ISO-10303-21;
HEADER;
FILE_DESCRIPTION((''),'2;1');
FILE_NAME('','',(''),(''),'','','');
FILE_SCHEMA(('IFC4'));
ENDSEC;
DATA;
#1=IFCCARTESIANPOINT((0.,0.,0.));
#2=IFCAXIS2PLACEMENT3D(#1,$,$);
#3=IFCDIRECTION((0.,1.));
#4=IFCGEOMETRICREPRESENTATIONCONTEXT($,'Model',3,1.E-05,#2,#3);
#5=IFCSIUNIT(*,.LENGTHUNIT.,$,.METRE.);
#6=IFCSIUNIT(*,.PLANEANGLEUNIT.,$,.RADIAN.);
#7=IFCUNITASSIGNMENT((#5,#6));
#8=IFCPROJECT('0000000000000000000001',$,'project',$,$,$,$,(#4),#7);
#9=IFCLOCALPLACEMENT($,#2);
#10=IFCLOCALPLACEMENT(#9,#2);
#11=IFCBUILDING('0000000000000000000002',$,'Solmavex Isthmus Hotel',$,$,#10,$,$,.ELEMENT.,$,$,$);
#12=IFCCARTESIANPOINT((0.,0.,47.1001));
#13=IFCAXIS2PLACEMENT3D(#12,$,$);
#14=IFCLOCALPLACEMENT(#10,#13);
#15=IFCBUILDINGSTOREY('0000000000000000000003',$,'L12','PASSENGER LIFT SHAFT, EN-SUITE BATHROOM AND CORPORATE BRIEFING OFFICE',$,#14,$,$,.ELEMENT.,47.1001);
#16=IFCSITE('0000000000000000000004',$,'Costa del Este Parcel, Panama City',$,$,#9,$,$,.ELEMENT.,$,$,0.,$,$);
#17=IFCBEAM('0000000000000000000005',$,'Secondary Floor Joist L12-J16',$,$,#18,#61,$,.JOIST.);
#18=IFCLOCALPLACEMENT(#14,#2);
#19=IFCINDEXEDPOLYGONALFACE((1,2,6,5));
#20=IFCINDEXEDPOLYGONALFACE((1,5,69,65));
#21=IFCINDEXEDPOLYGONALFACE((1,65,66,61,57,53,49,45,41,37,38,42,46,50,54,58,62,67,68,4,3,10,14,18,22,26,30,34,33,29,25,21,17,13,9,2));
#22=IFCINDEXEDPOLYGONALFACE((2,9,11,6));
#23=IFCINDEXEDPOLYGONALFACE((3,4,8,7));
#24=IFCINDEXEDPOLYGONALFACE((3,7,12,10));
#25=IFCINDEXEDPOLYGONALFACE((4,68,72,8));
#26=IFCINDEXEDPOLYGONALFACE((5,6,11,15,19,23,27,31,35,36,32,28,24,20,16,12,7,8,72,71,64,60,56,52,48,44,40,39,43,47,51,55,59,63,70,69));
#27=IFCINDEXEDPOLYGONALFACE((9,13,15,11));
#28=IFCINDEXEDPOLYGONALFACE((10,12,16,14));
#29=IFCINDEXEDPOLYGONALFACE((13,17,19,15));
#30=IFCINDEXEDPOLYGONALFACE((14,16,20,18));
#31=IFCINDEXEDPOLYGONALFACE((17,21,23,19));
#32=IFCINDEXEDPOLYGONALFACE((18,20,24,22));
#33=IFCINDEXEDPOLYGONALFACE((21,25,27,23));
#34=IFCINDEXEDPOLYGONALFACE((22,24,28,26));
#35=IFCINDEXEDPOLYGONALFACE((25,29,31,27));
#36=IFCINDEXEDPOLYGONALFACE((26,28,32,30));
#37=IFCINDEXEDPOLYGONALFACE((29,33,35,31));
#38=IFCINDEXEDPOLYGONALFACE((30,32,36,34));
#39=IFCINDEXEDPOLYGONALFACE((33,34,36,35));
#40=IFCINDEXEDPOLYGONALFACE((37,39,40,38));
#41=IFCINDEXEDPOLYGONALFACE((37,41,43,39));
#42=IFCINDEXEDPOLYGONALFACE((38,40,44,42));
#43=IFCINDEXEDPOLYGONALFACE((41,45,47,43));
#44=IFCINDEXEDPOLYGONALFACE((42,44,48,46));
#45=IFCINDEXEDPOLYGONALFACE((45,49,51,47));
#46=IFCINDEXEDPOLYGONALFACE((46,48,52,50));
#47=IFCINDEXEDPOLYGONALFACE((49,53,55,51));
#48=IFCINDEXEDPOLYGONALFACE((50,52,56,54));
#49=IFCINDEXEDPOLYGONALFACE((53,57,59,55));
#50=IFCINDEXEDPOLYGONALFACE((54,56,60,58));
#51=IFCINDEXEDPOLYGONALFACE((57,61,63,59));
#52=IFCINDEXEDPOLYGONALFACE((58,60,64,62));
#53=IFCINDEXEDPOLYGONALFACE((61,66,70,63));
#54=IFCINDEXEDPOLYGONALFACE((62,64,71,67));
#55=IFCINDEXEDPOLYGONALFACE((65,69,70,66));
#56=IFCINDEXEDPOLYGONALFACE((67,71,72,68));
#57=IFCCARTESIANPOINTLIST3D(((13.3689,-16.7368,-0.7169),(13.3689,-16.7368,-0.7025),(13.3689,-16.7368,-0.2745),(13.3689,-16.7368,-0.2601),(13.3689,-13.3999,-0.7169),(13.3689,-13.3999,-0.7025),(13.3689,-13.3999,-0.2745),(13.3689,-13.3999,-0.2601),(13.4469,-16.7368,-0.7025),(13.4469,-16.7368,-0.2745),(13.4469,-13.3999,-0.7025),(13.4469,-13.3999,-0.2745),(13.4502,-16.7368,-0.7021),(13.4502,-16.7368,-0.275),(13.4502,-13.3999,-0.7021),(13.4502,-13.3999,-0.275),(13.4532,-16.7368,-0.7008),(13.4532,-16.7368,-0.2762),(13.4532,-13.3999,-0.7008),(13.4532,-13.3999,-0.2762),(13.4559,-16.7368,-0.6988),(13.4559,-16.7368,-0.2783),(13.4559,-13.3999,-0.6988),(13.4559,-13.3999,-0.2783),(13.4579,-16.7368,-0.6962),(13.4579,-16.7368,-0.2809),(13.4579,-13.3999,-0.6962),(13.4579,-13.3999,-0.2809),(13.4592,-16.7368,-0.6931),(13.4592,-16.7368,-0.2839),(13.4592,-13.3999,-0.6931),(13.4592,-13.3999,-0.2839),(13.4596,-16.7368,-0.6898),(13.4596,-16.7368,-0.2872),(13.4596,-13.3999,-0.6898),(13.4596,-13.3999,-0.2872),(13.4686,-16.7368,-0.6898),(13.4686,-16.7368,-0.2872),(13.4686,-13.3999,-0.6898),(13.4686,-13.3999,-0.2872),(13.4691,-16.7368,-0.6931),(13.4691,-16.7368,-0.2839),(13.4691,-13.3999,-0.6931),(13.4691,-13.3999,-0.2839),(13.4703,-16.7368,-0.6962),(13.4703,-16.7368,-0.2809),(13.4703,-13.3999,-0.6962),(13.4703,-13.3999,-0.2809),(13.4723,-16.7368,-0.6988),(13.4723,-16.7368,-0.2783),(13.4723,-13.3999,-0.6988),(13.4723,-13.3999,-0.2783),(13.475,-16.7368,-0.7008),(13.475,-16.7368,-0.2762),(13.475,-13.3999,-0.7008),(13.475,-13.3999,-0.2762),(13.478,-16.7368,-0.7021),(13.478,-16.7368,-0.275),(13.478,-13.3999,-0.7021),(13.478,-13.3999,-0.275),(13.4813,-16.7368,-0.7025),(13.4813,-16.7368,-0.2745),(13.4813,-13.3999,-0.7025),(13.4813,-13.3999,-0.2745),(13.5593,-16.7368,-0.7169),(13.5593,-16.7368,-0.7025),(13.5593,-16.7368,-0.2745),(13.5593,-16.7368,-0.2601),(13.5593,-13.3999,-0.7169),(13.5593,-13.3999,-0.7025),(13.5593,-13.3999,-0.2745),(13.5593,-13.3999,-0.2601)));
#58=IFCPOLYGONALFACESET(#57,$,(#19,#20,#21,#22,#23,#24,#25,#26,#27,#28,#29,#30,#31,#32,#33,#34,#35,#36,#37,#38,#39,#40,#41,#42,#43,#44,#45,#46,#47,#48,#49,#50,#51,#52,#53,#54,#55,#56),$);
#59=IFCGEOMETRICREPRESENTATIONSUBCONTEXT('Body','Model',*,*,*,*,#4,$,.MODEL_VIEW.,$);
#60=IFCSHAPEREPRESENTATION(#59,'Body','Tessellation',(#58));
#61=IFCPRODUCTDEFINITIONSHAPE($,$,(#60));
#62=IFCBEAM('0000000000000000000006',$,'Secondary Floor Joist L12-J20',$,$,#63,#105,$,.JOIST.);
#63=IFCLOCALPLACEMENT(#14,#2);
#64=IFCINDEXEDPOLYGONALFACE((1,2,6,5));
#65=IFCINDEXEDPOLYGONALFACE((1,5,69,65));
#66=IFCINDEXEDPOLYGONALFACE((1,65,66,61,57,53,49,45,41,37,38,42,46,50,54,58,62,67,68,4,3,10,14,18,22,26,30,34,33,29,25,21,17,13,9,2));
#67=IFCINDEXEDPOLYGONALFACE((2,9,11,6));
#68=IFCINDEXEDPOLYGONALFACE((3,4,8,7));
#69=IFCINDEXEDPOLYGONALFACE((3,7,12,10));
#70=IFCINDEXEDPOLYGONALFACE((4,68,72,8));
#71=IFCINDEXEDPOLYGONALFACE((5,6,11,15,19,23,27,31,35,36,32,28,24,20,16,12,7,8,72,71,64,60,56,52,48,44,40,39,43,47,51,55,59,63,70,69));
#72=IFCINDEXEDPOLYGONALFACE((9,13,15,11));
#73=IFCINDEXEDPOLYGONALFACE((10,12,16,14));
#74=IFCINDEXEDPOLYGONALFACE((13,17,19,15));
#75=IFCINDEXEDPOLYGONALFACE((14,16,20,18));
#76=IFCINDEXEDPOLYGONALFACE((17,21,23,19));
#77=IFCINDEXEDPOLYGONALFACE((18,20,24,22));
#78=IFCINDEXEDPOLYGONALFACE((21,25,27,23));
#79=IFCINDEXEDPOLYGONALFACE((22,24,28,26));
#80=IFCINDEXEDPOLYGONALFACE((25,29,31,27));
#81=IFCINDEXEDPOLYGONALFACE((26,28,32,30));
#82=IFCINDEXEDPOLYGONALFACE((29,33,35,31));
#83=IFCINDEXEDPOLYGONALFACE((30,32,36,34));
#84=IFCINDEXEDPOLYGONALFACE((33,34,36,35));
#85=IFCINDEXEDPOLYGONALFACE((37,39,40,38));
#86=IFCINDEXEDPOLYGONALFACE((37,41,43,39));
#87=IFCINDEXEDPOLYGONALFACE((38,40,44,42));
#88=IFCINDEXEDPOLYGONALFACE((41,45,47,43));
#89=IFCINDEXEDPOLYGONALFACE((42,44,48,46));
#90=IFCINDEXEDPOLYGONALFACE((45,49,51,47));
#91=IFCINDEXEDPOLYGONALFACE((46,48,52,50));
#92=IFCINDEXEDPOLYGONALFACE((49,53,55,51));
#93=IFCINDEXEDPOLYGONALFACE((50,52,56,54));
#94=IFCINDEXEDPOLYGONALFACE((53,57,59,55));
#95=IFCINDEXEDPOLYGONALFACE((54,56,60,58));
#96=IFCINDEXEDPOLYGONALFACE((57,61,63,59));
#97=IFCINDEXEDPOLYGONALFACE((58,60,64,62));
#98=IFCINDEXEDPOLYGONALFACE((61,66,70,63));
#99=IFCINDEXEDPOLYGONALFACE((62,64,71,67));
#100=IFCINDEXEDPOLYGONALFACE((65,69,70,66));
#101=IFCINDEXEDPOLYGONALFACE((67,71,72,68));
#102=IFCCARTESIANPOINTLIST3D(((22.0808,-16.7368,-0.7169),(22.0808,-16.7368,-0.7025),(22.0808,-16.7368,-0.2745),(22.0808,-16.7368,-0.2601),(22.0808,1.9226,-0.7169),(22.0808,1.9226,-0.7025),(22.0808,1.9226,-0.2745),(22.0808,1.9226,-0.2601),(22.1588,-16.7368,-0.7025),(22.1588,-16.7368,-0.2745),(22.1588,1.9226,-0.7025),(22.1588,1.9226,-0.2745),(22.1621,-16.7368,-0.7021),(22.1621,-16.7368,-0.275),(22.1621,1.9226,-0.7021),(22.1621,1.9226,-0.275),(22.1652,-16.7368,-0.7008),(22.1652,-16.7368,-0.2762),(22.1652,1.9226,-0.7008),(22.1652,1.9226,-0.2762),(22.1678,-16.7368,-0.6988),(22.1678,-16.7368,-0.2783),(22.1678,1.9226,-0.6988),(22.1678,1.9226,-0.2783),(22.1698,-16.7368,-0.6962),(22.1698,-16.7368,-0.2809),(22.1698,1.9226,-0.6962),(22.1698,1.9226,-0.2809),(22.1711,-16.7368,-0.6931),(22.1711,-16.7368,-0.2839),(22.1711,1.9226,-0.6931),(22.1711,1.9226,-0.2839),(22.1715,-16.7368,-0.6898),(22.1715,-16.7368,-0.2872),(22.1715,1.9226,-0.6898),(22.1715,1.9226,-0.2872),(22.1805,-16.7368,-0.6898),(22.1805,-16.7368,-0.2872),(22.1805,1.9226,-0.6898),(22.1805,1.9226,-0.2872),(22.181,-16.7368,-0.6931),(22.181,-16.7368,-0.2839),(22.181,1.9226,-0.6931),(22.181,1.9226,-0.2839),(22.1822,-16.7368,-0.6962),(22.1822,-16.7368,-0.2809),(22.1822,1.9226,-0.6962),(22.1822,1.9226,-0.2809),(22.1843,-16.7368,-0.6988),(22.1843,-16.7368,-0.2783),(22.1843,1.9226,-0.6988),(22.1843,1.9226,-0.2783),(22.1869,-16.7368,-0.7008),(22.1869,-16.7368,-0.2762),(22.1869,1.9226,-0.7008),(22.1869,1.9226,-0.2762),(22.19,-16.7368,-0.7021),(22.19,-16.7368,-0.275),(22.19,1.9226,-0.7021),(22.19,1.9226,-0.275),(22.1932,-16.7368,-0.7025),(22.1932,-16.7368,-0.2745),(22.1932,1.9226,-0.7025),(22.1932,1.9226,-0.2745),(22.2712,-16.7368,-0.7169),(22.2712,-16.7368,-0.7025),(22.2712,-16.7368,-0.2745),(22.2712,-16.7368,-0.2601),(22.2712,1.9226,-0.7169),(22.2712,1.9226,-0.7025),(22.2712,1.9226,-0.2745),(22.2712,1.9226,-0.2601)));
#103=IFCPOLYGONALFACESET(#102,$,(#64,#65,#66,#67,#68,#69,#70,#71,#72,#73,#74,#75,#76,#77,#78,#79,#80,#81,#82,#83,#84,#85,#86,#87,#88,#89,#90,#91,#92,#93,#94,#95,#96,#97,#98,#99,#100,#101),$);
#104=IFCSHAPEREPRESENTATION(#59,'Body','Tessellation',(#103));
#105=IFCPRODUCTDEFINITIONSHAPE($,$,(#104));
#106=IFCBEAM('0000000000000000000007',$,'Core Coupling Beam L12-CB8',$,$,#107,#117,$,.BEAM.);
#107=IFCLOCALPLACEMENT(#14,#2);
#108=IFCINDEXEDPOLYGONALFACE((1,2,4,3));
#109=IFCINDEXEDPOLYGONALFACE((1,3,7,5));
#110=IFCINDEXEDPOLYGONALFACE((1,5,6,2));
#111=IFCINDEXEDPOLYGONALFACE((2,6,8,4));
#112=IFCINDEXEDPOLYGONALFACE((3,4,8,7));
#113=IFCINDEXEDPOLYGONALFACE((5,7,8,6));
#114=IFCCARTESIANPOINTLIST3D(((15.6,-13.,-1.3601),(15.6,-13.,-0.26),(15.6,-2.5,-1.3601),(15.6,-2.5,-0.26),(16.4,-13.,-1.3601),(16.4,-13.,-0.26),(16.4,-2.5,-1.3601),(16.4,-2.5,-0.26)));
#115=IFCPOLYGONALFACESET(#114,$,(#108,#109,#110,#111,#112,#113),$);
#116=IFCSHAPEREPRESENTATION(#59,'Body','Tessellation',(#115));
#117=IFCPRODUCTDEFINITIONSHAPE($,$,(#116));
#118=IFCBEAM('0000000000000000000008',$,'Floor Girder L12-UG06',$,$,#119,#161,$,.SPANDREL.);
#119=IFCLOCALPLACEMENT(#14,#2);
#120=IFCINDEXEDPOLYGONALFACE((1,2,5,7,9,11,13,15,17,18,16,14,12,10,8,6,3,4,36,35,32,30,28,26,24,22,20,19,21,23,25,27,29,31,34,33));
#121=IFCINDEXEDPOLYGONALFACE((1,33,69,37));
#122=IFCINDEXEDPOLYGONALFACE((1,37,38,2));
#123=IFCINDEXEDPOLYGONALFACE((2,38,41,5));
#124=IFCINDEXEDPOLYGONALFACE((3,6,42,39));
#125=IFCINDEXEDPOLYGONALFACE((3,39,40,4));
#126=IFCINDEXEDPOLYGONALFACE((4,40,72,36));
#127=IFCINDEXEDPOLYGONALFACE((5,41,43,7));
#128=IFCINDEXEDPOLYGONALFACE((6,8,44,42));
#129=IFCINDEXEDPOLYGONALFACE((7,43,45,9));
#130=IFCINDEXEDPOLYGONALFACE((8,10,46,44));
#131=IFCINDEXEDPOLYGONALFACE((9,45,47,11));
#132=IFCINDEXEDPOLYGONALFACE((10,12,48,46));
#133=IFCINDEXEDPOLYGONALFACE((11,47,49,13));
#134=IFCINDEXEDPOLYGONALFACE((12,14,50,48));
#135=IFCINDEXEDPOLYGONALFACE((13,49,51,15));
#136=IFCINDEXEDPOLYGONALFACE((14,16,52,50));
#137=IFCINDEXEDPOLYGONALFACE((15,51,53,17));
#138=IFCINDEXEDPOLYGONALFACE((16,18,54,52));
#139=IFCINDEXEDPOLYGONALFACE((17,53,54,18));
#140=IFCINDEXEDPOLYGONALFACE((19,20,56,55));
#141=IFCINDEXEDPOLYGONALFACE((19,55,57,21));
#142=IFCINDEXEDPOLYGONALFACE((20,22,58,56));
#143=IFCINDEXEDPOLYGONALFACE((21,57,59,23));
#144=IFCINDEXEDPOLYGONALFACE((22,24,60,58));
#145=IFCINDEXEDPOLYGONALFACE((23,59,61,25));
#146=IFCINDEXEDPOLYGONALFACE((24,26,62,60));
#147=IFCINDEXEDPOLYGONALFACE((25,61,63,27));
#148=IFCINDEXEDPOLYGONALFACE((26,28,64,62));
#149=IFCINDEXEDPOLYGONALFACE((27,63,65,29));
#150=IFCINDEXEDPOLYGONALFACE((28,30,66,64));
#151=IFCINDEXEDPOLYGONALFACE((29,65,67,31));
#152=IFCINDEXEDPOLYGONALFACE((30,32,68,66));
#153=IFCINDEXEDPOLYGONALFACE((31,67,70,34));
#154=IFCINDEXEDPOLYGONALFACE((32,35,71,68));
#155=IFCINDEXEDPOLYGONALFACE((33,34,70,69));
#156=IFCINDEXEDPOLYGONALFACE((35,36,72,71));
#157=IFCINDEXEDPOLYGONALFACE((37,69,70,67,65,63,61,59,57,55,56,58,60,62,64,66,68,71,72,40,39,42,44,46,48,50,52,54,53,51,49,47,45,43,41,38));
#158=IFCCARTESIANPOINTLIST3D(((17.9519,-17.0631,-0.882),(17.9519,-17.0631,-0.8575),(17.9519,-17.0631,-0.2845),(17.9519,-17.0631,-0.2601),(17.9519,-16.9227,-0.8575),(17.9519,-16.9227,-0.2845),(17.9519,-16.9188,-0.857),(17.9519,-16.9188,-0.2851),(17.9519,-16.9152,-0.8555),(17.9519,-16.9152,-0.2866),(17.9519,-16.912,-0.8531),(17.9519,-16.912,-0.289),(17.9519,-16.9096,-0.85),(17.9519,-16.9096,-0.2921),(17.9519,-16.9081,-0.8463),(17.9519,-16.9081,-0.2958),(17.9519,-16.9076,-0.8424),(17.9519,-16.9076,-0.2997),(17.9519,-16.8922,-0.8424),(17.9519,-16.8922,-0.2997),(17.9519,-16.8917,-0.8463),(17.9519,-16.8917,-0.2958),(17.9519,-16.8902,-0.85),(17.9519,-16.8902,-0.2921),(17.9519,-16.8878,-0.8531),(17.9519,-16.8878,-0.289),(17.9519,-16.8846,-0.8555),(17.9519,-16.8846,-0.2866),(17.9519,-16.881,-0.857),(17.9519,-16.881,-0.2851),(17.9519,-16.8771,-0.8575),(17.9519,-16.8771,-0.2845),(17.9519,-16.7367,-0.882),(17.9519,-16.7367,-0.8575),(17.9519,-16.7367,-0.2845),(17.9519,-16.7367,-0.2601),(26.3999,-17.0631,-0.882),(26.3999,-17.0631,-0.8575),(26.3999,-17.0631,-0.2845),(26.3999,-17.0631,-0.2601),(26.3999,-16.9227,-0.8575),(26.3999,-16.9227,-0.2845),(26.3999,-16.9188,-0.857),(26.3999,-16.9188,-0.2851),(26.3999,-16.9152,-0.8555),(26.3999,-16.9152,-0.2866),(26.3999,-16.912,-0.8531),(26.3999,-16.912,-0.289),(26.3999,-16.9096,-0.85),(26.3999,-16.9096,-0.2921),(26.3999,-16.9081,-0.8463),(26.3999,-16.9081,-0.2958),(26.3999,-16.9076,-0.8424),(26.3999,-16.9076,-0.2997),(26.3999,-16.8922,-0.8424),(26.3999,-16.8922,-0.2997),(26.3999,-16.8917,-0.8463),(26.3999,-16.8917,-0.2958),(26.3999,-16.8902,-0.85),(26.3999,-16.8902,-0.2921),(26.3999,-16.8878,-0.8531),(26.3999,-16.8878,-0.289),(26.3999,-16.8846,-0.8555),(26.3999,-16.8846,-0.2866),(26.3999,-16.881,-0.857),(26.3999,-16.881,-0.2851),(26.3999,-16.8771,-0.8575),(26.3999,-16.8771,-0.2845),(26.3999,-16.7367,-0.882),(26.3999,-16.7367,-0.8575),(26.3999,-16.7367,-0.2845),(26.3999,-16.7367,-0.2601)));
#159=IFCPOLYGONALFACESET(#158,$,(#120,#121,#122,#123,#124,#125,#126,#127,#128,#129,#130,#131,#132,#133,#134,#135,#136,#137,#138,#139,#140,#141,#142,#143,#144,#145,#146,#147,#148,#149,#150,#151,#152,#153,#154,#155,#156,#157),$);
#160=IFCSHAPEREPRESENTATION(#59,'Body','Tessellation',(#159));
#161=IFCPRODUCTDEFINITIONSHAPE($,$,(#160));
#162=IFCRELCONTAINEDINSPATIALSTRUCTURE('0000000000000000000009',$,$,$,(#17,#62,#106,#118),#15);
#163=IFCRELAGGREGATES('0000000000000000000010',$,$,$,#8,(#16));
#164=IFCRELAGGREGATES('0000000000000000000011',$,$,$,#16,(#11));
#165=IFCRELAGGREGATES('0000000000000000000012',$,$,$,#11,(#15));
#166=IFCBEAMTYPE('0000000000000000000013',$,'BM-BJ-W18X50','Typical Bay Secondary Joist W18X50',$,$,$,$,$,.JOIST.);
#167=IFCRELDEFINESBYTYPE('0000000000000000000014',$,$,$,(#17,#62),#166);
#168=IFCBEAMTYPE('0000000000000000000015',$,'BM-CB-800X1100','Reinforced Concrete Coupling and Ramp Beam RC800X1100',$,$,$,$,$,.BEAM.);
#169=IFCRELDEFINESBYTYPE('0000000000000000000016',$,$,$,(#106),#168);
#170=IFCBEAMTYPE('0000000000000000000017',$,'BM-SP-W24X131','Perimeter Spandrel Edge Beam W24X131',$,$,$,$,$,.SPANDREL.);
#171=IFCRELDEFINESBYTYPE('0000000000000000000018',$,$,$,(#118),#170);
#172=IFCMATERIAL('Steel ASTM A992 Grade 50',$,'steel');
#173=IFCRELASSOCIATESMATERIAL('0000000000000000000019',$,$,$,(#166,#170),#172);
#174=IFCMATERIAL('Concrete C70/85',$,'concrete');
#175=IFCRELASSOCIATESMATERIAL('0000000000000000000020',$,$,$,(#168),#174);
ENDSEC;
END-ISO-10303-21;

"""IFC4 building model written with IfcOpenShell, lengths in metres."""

from ifc_helpers import new_model, si_unit, direction, frame, origin, origin_2d, place, context, subcontext, project, spatial, rectangle, i_section, extrude, material, material_profile, profile_set, type_object, element, save


model = new_model("IFC4")

# Units and contexts
model_context = context("Model", 3, precision=1e-05, world=origin(), true_north=direction((0.0, 1.0)))
body_context = subcontext(model_context, "Body", "Model", "MODEL_VIEW")
ifc_project = project(units=[si_unit("LENGTHUNIT", "METRE"), si_unit("PLANEANGLEUNIT", "RADIAN")], contexts=[model_context])

# Site, building, storey
site_placement = place(None, origin())
site = spatial("IfcSite", under=ifc_project, at=site_placement, Name="Costa del Este Parcel, Panama City", CompositionType="ELEMENT", RefElevation=0.0)
building_placement = place(site_placement, origin())
building = spatial("IfcBuilding", under=site, at=building_placement, Name="Solmavex Isthmus Hotel", CompositionType="ELEMENT")
storey_placement = place(building_placement, frame((0.0, 0.0, 47.1001)))
storey = spatial("IfcBuildingStorey", under=building, at=storey_placement, Name="L12", Description="PASSENGER LIFT SHAFT, EN-SUITE BATHROOM AND CORPORATE BRIEFING OFFICE", CompositionType="ELEMENT", Elevation=47.1001)

# Shared definitions
ifc_material_1 = material(Name="Concrete C70/85", Category="concrete")

# Beams
ifc_material_2 = material(Name="Steel ASTM A992 Grade 50", Category="steel")
ifc_material_profile_1 = material_profile(ifc_material_2, i_section(OverallWidth=0.1904, OverallDepth=0.4568, WebThickness=0.009, FlangeThickness=0.0144, FilletRadius=0.0127, at=origin_2d()), Name="W18X50")
ifc_profile_set_1 = profile_set([ifc_material_profile_1], Name="Steel ASTM A992 Grade 50")
beam_type_1 = type_object("IfcBeamType", Name="BM-BJ-W18X50", Description="Typical Bay Secondary Joist W18X50", PredefinedType="JOIST", material=ifc_profile_set_1)
beam_1_placement = place(storey_placement, frame((13.4641, -16.7368, -0.4885), z_axis=(0.0, 1.0, 0.0), x_axis=(-1.0, 0.0, 0.0)))
element("IfcBeam", 1, at=beam_1_placement, inside=storey, type_object=beam_type_1, Name="Secondary Floor Joist L12-J16", PredefinedType="JOIST", context=body_context, shape_type="SweptSolid", body=[
    extrude(i_section(OverallWidth=0.1904, OverallDepth=0.4568, WebThickness=0.009, FlangeThickness=0.0144, FilletRadius=0.0127, at=origin_2d()), origin(), (0.0, 0.0, 1.0), 3.3369),
])
beam_2_placement = place(storey_placement, frame((22.176, -16.7368, -0.4885), z_axis=(0.0, 1.0, 0.0), x_axis=(-1.0, 0.0, 0.0)))
element("IfcBeam", 2, at=beam_2_placement, inside=storey, type_object=beam_type_1, Name="Secondary Floor Joist L12-J20", PredefinedType="JOIST", context=body_context, shape_type="SweptSolid", body=[
    extrude(i_section(OverallWidth=0.1904, OverallDepth=0.4568, WebThickness=0.009, FlangeThickness=0.0144, FilletRadius=0.0127, at=origin_2d()), origin(), (0.0, 0.0, 1.0), 18.6594),
])
ifc_material_profile_2 = material_profile(ifc_material_1, rectangle(XDim=0.8, YDim=1.1001, at=origin_2d()), Name="RC800X1100")
ifc_profile_set_2 = profile_set([ifc_material_profile_2], Name="Concrete C70/85")
beam_type_2 = type_object("IfcBeamType", Name="BM-CB-800X1100", Description="Reinforced Concrete Coupling and Ramp Beam RC800X1100", PredefinedType="BEAM", material=ifc_profile_set_2)
beam_3_placement = place(storey_placement, frame((16.0, -13.0, -0.8101), z_axis=(0.0, 1.0, 0.0), x_axis=(-1.0, 0.0, 0.0)))
element("IfcBeam", 3, at=beam_3_placement, inside=storey, type_object=beam_type_2, Name="Core Coupling Beam L12-CB8", PredefinedType="BEAM", context=body_context, shape_type="SweptSolid", body=[
    extrude(rectangle(XDim=0.8, YDim=1.1001, at=origin_2d()), origin(), (0.0, 0.0, 1.0), 10.5),
])
ifc_material_profile_3 = material_profile(ifc_material_2, i_section(OverallWidth=0.3264, OverallDepth=0.6218, WebThickness=0.0154, FlangeThickness=0.0244, FilletRadius=0.0151, at=origin_2d()), Name="W24X131")
ifc_profile_set_3 = profile_set([ifc_material_profile_3], Name="Steel ASTM A992 Grade 50")
beam_type_3 = type_object("IfcBeamType", Name="BM-SP-W24X131", Description="Perimeter Spandrel Edge Beam W24X131", PredefinedType="SPANDREL", material=ifc_profile_set_3)
beam_4_placement = place(storey_placement, frame((17.9519, -16.8999, -0.571), z_axis=(1.0, 0.0, 0.0), x_axis=(0.0, 1.0, 0.0)))
element("IfcBeam", 4, at=beam_4_placement, inside=storey, type_object=beam_type_3, Name="Floor Girder L12-UG06", PredefinedType="SPANDREL", context=body_context, shape_type="SweptSolid", body=[
    extrude(i_section(OverallWidth=0.3264, OverallDepth=0.6218, WebThickness=0.0154, FlangeThickness=0.0244, FilletRadius=0.0151, at=origin_2d()), origin(), (0.0, 0.0, 1.0), 8.448),
])

save(model, "model.ifc")
